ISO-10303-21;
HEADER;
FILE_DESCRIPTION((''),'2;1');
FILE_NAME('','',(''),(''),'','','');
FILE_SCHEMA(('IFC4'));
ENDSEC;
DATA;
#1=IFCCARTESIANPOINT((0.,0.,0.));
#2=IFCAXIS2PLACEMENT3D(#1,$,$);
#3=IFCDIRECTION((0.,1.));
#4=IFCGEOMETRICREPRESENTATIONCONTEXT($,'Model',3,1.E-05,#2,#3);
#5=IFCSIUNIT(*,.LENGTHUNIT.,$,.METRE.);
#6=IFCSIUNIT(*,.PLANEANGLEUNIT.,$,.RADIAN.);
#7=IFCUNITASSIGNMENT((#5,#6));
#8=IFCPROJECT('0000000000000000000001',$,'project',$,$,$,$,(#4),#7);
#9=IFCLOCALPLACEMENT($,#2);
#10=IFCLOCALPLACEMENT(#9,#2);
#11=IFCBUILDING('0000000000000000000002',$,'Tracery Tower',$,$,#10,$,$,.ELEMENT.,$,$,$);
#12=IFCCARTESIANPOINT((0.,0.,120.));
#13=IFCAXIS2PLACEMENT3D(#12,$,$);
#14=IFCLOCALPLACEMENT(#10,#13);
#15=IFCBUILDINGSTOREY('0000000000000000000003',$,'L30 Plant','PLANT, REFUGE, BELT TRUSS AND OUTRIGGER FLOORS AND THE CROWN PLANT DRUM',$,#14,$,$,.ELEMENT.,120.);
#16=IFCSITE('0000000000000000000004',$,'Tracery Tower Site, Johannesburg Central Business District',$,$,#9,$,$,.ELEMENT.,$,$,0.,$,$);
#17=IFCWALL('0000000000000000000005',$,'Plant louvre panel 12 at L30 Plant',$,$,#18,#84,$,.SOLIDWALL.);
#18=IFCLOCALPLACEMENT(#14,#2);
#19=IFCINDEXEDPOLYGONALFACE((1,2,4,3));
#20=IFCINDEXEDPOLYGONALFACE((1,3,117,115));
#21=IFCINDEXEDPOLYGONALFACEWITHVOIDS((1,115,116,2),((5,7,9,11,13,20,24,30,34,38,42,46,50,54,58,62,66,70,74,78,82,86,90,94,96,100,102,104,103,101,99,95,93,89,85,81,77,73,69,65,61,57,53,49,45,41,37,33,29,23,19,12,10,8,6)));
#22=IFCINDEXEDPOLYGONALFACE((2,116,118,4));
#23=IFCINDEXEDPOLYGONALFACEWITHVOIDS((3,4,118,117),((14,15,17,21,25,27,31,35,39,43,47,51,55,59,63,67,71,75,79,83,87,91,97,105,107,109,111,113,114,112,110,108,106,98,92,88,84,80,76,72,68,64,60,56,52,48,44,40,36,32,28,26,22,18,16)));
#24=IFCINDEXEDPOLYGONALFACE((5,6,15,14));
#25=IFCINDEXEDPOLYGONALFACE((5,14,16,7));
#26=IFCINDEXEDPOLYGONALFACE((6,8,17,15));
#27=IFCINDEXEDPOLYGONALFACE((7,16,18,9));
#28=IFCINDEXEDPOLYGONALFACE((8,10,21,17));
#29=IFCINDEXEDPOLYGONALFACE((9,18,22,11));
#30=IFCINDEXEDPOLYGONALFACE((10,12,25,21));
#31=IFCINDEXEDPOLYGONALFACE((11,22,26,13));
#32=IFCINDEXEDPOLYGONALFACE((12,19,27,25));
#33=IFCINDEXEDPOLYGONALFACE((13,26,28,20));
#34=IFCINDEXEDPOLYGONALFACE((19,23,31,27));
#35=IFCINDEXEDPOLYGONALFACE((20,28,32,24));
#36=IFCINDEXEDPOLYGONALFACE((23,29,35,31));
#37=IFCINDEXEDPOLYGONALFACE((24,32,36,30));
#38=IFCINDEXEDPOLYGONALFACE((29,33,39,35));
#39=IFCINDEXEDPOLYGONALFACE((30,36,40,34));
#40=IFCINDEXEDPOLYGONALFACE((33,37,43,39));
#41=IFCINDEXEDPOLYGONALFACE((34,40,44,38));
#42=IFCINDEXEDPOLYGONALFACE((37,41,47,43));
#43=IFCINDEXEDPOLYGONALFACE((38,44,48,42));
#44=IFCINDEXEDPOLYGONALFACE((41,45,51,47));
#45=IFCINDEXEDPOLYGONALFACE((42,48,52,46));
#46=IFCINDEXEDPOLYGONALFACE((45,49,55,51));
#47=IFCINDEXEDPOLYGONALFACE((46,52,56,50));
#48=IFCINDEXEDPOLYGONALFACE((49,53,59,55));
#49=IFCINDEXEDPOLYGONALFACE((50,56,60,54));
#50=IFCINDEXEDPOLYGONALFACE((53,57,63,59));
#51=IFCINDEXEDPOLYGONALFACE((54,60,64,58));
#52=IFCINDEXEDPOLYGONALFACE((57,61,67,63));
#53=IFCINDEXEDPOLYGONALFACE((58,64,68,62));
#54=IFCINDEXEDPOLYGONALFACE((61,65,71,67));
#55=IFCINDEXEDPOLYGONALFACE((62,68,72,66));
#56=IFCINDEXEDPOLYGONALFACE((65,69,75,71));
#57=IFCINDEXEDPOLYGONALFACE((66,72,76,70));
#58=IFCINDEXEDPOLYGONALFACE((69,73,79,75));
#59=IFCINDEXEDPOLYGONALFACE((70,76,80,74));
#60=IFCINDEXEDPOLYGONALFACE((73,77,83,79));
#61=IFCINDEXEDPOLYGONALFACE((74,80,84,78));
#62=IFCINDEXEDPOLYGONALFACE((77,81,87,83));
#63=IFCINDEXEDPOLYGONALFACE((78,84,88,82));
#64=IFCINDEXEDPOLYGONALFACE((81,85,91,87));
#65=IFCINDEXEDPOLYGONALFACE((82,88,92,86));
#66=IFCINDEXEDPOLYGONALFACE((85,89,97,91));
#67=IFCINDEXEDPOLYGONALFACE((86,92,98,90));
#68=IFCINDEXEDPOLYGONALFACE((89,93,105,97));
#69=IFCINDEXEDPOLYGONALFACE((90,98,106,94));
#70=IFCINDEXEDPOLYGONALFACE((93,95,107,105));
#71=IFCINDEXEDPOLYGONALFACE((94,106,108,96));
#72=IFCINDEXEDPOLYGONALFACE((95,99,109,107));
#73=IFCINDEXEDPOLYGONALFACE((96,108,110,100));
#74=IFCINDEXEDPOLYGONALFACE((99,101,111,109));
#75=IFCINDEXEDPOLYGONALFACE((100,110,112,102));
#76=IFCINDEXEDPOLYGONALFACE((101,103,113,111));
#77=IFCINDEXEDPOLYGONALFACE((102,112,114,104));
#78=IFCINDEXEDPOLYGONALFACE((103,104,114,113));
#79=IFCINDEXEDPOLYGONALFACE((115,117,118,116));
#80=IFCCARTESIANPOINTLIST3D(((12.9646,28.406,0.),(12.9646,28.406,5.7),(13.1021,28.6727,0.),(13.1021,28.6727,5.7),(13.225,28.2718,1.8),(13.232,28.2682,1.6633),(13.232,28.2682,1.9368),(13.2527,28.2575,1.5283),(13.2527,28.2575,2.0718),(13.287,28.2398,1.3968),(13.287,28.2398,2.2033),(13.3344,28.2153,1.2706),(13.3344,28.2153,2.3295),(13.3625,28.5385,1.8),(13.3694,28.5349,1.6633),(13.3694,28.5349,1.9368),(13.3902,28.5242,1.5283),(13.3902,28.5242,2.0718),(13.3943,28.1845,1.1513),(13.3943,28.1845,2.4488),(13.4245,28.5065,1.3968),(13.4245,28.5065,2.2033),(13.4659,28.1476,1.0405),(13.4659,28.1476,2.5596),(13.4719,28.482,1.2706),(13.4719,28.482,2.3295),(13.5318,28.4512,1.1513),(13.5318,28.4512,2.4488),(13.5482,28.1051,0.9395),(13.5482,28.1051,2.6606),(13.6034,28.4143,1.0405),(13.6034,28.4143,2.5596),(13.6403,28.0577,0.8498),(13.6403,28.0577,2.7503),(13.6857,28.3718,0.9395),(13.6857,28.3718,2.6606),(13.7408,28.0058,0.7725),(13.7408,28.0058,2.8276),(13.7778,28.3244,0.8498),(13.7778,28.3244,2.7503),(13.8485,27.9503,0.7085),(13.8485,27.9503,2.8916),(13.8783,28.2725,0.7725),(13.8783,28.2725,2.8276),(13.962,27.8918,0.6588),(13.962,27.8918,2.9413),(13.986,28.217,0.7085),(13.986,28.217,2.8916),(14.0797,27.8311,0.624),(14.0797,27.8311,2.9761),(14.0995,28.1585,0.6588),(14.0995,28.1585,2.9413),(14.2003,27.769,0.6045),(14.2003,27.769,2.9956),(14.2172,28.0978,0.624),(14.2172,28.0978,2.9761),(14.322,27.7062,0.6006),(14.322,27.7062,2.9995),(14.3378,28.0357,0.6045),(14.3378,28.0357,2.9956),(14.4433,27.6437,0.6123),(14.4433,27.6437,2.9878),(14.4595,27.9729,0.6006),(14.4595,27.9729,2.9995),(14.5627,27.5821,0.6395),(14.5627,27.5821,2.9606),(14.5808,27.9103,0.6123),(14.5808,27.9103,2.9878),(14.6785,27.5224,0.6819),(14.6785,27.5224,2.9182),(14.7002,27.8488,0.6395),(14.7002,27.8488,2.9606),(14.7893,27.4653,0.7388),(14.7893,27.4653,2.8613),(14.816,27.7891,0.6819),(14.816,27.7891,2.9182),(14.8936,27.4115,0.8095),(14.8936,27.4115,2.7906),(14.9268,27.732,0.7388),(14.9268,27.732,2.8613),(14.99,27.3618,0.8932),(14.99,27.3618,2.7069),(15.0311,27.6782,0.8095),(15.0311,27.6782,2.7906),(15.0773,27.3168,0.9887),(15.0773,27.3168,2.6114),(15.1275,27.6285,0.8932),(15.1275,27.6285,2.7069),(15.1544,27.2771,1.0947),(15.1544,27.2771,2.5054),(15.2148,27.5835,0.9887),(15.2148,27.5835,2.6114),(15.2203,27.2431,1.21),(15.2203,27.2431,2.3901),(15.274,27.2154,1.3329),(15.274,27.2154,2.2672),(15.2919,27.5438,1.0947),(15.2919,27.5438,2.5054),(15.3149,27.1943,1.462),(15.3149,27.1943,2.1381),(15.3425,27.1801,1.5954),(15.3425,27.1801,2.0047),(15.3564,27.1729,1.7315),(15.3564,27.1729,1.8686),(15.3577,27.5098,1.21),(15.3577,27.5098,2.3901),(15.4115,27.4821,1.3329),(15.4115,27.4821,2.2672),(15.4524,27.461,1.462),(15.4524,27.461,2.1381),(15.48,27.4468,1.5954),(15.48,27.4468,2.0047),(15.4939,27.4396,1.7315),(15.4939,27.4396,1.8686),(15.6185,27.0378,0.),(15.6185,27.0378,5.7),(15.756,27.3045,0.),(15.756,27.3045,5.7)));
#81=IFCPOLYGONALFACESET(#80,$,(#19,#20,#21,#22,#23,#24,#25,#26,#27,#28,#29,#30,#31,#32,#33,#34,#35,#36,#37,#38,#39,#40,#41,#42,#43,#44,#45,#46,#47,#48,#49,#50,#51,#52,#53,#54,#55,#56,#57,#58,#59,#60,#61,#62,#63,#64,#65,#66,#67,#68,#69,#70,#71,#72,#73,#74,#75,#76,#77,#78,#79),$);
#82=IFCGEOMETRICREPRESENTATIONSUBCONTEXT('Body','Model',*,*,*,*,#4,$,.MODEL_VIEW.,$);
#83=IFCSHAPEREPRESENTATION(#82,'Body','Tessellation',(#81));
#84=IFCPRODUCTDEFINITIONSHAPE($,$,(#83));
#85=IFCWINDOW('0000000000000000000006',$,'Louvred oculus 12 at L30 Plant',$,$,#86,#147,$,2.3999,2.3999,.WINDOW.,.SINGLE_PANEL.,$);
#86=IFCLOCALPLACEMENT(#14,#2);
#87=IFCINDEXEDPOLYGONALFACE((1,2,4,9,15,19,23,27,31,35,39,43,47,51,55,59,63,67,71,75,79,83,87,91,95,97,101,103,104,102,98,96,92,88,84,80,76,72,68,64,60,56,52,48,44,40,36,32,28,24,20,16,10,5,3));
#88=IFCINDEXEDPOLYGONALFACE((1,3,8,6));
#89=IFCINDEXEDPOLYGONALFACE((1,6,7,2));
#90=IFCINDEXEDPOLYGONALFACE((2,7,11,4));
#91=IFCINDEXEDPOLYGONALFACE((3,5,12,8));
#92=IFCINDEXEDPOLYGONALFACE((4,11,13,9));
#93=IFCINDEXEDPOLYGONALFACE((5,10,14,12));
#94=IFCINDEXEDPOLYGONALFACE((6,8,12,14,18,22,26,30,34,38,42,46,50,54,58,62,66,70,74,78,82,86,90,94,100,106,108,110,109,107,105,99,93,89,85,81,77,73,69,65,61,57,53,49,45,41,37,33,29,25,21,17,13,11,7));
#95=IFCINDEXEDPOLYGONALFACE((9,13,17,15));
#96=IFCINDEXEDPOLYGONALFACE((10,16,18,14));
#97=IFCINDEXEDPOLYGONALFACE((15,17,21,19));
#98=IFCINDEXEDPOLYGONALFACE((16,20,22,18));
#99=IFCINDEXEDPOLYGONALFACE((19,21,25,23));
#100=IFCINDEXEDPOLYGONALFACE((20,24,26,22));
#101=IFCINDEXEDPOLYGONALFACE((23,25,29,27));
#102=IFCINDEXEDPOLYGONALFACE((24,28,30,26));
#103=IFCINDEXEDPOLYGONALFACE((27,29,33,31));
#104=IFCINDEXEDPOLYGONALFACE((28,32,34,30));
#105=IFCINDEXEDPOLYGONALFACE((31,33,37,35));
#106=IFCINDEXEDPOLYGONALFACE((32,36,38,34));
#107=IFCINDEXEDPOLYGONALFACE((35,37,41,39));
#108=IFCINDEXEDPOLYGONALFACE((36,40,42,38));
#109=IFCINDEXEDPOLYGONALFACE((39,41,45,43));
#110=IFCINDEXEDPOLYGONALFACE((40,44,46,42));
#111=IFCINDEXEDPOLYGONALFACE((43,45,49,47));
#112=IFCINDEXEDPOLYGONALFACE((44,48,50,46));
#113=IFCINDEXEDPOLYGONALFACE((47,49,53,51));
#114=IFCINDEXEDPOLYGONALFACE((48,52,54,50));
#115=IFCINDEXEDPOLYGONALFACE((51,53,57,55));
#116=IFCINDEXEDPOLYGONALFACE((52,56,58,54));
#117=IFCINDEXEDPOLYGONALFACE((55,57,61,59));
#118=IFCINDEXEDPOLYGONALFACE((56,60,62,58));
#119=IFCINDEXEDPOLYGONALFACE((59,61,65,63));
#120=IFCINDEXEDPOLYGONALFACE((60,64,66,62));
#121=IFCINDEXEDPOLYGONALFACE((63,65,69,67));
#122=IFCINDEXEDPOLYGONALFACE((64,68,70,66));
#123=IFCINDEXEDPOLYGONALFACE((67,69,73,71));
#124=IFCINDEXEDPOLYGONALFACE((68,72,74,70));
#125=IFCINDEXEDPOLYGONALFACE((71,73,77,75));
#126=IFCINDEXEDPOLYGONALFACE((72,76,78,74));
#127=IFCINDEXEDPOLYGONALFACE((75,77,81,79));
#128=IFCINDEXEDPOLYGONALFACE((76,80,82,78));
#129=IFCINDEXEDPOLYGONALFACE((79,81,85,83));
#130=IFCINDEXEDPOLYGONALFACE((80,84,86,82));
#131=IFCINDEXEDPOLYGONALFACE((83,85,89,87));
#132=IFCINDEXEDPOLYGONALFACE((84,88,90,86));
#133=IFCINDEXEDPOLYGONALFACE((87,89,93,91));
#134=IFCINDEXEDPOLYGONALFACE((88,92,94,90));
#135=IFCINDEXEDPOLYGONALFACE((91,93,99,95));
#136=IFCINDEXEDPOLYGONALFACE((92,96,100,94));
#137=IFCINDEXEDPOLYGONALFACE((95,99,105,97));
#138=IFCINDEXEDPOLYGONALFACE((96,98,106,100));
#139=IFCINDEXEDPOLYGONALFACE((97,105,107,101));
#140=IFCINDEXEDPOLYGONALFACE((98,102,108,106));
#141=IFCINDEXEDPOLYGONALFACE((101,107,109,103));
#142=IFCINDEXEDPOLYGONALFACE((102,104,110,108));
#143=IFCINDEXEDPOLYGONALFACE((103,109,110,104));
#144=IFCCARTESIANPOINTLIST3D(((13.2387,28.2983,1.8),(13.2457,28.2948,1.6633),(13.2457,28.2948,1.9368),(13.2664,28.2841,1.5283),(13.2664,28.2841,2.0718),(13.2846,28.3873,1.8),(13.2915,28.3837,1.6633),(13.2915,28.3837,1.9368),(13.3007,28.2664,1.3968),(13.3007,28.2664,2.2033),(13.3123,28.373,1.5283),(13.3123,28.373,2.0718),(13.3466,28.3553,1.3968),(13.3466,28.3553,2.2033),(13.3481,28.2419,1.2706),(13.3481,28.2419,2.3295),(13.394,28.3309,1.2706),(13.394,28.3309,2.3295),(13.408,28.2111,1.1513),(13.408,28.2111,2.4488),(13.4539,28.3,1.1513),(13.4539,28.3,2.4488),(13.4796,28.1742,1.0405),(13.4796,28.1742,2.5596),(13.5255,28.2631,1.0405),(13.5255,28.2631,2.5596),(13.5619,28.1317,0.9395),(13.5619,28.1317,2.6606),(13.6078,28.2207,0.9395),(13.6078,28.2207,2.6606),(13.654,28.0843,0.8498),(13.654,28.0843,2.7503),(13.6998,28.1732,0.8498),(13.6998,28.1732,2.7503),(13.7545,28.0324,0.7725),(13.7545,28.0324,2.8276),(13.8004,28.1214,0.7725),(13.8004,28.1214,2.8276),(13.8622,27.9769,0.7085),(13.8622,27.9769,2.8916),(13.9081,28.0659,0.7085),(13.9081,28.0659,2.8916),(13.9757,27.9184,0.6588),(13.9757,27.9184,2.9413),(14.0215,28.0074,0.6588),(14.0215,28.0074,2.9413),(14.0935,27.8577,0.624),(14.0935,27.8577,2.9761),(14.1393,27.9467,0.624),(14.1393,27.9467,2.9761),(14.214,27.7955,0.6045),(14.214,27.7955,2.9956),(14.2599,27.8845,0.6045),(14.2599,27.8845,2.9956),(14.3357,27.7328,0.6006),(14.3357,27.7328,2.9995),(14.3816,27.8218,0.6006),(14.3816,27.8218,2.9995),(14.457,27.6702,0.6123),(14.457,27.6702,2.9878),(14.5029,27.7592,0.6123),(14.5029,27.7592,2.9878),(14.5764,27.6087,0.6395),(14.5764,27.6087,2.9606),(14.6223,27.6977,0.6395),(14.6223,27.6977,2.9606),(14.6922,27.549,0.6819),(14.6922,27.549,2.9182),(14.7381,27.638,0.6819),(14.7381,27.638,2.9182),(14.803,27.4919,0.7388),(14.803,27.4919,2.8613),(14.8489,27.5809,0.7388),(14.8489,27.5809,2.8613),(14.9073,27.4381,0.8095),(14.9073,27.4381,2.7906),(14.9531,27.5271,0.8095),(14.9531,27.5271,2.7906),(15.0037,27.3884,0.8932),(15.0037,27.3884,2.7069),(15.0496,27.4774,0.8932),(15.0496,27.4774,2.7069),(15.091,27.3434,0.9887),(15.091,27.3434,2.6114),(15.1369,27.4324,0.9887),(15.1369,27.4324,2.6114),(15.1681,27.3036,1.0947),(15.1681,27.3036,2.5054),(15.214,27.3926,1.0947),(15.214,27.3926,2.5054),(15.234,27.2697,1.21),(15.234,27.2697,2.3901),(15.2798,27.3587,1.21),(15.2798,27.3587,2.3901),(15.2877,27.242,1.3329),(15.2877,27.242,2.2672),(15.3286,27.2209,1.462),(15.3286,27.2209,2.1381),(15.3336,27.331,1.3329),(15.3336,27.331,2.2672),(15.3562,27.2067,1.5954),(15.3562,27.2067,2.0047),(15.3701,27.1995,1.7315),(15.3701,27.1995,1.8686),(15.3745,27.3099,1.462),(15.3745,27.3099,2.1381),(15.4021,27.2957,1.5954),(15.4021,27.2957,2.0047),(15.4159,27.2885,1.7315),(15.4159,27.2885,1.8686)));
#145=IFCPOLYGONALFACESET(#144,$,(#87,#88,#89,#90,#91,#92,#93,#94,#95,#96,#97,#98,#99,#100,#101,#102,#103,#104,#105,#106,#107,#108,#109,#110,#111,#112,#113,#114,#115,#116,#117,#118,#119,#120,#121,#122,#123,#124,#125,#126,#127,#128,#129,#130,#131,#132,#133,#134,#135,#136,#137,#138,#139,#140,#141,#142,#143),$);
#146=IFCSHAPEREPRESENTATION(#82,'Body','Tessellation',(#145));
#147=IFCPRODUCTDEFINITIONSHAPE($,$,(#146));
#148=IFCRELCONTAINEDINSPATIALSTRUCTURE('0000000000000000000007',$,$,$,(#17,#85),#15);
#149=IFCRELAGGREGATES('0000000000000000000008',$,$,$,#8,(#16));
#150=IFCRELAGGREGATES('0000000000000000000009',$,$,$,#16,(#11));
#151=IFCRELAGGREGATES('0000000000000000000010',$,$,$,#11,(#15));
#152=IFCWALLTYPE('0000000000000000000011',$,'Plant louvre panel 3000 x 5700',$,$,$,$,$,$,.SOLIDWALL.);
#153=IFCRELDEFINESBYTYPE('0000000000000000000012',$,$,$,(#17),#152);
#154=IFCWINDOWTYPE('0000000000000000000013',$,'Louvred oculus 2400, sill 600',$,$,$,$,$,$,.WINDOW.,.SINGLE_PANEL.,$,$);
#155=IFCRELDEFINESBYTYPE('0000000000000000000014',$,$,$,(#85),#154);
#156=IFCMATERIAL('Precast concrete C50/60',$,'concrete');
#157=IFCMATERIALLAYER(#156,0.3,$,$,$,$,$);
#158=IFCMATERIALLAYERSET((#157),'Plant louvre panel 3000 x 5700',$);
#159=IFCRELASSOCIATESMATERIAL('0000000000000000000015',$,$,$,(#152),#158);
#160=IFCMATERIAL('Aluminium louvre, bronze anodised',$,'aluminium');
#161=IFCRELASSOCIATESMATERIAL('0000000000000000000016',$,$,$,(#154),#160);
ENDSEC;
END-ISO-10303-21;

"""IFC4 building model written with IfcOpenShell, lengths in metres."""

from ifc_helpers import new_model, si_unit, direction, frame, frame_2d, origin, origin_2d, place, context, subcontext, project, spatial, rectangle, circle, extrude, material, layer, layer_set, type_object, element, fill, save


model = new_model("IFC4")

# Units and contexts
model_context = context("Model", 3, precision=1e-05, world=origin(), true_north=direction((0.0, 1.0)))
body_context = subcontext(model_context, "Body", "Model", "MODEL_VIEW")
ifc_project = project(units=[si_unit("LENGTHUNIT", "METRE"), si_unit("PLANEANGLEUNIT", "RADIAN")], contexts=[model_context])

# Site, building, storey
site_placement = place(None, origin())
site = spatial("IfcSite", under=ifc_project, at=site_placement, Name="Tracery Tower Site, Johannesburg Central Business District", CompositionType="ELEMENT", RefElevation=0.0)
building_placement = place(site_placement, origin())
building = spatial("IfcBuilding", under=site, at=building_placement, Name="Tracery Tower", CompositionType="ELEMENT")
storey_placement = place(building_placement, frame((0.0, 0.0, 120.0)))
storey = spatial("IfcBuildingStorey", under=building, at=storey_placement, Name="L30 Plant", Description="PLANT, REFUGE, BELT TRUSS AND OUTRIGGER FLOORS AND THE CROWN PLANT DRUM", CompositionType="ELEMENT", Elevation=120.0)

# Wall, opening, window
ifc_material_1 = material(Name="Precast concrete C50/60", Category="concrete")
ifc_layer_1 = layer(ifc_material_1, 0.3)
ifc_layer_set_1 = layer_set([ifc_layer_1], Name="Plant louvre panel 3000 x 5700")
wall_type_1 = type_object("IfcWallType", Name="Plant louvre panel 3000 x 5700", PredefinedType="SOLIDWALL", material=ifc_layer_set_1)
wall_1_placement = place(storey_placement, frame((15.6873, 27.1711, 0.0), z_axis=(0.0, 0.0, 1.0), x_axis=(-0.888831, 0.458235, 0.0)))
wall_1 = element("IfcWall", 1, at=wall_1_placement, inside=storey, type_object=wall_type_1, Name="Plant louvre panel 12 at L30 Plant", PredefinedType="SOLIDWALL", context=body_context, shape_type="SweptSolid", body=[
    extrude(rectangle(XDim=2.9858, YDim=0.3, at=frame_2d((1.4929, 0.0))), origin(), (0.0, 0.0, 1.0), 5.7),
])
opening_1_placement = place(wall_1_placement, frame((1.4929, 0.0, 1.8)))
opening_1 = element("IfcOpeningElement", 2, at=opening_1_placement, cuts=wall_1, PredefinedType="OPENING", context=body_context, shape_type="SweptSolid", body=[
    extrude(circle(Radius=1.2, at=origin_2d()), frame((0.0, 0.1599, 0.0), z_axis=(0.0, -1.0, 0.0), x_axis=(1.0, 0.0, 0.0)), (0.0, 0.0, 1.0), 0.3201),
])
ifc_material_2 = material(Name="Aluminium louvre, bronze anodised", Category="aluminium")
window_type = type_object("IfcWindowType", Name="Louvred oculus 2400, sill 600", PartitioningType="SINGLE_PANEL", PredefinedType="WINDOW", material=ifc_material_2)
window_1_placement = place(opening_1_placement, origin())
window_1 = element("IfcWindow", 3, at=window_1_placement, inside=storey, type_object=window_type, Name="Louvred oculus 12 at L30 Plant", OverallHeight=2.3999, OverallWidth=2.3999, PartitioningType="SINGLE_PANEL", PredefinedType="WINDOW", context=body_context, shape_type="SweptSolid", body=[
    extrude(circle(Radius=1.2, at=origin_2d()), frame((0.0, 0.1201, 0.0), z_axis=(0.0, -1.0, 0.0), x_axis=(1.0, 0.0, 0.0)), (0.0, 0.0, 1.0), 0.1001),
])
fill(opening_1, window_1)

save(model, "model.ifc")
